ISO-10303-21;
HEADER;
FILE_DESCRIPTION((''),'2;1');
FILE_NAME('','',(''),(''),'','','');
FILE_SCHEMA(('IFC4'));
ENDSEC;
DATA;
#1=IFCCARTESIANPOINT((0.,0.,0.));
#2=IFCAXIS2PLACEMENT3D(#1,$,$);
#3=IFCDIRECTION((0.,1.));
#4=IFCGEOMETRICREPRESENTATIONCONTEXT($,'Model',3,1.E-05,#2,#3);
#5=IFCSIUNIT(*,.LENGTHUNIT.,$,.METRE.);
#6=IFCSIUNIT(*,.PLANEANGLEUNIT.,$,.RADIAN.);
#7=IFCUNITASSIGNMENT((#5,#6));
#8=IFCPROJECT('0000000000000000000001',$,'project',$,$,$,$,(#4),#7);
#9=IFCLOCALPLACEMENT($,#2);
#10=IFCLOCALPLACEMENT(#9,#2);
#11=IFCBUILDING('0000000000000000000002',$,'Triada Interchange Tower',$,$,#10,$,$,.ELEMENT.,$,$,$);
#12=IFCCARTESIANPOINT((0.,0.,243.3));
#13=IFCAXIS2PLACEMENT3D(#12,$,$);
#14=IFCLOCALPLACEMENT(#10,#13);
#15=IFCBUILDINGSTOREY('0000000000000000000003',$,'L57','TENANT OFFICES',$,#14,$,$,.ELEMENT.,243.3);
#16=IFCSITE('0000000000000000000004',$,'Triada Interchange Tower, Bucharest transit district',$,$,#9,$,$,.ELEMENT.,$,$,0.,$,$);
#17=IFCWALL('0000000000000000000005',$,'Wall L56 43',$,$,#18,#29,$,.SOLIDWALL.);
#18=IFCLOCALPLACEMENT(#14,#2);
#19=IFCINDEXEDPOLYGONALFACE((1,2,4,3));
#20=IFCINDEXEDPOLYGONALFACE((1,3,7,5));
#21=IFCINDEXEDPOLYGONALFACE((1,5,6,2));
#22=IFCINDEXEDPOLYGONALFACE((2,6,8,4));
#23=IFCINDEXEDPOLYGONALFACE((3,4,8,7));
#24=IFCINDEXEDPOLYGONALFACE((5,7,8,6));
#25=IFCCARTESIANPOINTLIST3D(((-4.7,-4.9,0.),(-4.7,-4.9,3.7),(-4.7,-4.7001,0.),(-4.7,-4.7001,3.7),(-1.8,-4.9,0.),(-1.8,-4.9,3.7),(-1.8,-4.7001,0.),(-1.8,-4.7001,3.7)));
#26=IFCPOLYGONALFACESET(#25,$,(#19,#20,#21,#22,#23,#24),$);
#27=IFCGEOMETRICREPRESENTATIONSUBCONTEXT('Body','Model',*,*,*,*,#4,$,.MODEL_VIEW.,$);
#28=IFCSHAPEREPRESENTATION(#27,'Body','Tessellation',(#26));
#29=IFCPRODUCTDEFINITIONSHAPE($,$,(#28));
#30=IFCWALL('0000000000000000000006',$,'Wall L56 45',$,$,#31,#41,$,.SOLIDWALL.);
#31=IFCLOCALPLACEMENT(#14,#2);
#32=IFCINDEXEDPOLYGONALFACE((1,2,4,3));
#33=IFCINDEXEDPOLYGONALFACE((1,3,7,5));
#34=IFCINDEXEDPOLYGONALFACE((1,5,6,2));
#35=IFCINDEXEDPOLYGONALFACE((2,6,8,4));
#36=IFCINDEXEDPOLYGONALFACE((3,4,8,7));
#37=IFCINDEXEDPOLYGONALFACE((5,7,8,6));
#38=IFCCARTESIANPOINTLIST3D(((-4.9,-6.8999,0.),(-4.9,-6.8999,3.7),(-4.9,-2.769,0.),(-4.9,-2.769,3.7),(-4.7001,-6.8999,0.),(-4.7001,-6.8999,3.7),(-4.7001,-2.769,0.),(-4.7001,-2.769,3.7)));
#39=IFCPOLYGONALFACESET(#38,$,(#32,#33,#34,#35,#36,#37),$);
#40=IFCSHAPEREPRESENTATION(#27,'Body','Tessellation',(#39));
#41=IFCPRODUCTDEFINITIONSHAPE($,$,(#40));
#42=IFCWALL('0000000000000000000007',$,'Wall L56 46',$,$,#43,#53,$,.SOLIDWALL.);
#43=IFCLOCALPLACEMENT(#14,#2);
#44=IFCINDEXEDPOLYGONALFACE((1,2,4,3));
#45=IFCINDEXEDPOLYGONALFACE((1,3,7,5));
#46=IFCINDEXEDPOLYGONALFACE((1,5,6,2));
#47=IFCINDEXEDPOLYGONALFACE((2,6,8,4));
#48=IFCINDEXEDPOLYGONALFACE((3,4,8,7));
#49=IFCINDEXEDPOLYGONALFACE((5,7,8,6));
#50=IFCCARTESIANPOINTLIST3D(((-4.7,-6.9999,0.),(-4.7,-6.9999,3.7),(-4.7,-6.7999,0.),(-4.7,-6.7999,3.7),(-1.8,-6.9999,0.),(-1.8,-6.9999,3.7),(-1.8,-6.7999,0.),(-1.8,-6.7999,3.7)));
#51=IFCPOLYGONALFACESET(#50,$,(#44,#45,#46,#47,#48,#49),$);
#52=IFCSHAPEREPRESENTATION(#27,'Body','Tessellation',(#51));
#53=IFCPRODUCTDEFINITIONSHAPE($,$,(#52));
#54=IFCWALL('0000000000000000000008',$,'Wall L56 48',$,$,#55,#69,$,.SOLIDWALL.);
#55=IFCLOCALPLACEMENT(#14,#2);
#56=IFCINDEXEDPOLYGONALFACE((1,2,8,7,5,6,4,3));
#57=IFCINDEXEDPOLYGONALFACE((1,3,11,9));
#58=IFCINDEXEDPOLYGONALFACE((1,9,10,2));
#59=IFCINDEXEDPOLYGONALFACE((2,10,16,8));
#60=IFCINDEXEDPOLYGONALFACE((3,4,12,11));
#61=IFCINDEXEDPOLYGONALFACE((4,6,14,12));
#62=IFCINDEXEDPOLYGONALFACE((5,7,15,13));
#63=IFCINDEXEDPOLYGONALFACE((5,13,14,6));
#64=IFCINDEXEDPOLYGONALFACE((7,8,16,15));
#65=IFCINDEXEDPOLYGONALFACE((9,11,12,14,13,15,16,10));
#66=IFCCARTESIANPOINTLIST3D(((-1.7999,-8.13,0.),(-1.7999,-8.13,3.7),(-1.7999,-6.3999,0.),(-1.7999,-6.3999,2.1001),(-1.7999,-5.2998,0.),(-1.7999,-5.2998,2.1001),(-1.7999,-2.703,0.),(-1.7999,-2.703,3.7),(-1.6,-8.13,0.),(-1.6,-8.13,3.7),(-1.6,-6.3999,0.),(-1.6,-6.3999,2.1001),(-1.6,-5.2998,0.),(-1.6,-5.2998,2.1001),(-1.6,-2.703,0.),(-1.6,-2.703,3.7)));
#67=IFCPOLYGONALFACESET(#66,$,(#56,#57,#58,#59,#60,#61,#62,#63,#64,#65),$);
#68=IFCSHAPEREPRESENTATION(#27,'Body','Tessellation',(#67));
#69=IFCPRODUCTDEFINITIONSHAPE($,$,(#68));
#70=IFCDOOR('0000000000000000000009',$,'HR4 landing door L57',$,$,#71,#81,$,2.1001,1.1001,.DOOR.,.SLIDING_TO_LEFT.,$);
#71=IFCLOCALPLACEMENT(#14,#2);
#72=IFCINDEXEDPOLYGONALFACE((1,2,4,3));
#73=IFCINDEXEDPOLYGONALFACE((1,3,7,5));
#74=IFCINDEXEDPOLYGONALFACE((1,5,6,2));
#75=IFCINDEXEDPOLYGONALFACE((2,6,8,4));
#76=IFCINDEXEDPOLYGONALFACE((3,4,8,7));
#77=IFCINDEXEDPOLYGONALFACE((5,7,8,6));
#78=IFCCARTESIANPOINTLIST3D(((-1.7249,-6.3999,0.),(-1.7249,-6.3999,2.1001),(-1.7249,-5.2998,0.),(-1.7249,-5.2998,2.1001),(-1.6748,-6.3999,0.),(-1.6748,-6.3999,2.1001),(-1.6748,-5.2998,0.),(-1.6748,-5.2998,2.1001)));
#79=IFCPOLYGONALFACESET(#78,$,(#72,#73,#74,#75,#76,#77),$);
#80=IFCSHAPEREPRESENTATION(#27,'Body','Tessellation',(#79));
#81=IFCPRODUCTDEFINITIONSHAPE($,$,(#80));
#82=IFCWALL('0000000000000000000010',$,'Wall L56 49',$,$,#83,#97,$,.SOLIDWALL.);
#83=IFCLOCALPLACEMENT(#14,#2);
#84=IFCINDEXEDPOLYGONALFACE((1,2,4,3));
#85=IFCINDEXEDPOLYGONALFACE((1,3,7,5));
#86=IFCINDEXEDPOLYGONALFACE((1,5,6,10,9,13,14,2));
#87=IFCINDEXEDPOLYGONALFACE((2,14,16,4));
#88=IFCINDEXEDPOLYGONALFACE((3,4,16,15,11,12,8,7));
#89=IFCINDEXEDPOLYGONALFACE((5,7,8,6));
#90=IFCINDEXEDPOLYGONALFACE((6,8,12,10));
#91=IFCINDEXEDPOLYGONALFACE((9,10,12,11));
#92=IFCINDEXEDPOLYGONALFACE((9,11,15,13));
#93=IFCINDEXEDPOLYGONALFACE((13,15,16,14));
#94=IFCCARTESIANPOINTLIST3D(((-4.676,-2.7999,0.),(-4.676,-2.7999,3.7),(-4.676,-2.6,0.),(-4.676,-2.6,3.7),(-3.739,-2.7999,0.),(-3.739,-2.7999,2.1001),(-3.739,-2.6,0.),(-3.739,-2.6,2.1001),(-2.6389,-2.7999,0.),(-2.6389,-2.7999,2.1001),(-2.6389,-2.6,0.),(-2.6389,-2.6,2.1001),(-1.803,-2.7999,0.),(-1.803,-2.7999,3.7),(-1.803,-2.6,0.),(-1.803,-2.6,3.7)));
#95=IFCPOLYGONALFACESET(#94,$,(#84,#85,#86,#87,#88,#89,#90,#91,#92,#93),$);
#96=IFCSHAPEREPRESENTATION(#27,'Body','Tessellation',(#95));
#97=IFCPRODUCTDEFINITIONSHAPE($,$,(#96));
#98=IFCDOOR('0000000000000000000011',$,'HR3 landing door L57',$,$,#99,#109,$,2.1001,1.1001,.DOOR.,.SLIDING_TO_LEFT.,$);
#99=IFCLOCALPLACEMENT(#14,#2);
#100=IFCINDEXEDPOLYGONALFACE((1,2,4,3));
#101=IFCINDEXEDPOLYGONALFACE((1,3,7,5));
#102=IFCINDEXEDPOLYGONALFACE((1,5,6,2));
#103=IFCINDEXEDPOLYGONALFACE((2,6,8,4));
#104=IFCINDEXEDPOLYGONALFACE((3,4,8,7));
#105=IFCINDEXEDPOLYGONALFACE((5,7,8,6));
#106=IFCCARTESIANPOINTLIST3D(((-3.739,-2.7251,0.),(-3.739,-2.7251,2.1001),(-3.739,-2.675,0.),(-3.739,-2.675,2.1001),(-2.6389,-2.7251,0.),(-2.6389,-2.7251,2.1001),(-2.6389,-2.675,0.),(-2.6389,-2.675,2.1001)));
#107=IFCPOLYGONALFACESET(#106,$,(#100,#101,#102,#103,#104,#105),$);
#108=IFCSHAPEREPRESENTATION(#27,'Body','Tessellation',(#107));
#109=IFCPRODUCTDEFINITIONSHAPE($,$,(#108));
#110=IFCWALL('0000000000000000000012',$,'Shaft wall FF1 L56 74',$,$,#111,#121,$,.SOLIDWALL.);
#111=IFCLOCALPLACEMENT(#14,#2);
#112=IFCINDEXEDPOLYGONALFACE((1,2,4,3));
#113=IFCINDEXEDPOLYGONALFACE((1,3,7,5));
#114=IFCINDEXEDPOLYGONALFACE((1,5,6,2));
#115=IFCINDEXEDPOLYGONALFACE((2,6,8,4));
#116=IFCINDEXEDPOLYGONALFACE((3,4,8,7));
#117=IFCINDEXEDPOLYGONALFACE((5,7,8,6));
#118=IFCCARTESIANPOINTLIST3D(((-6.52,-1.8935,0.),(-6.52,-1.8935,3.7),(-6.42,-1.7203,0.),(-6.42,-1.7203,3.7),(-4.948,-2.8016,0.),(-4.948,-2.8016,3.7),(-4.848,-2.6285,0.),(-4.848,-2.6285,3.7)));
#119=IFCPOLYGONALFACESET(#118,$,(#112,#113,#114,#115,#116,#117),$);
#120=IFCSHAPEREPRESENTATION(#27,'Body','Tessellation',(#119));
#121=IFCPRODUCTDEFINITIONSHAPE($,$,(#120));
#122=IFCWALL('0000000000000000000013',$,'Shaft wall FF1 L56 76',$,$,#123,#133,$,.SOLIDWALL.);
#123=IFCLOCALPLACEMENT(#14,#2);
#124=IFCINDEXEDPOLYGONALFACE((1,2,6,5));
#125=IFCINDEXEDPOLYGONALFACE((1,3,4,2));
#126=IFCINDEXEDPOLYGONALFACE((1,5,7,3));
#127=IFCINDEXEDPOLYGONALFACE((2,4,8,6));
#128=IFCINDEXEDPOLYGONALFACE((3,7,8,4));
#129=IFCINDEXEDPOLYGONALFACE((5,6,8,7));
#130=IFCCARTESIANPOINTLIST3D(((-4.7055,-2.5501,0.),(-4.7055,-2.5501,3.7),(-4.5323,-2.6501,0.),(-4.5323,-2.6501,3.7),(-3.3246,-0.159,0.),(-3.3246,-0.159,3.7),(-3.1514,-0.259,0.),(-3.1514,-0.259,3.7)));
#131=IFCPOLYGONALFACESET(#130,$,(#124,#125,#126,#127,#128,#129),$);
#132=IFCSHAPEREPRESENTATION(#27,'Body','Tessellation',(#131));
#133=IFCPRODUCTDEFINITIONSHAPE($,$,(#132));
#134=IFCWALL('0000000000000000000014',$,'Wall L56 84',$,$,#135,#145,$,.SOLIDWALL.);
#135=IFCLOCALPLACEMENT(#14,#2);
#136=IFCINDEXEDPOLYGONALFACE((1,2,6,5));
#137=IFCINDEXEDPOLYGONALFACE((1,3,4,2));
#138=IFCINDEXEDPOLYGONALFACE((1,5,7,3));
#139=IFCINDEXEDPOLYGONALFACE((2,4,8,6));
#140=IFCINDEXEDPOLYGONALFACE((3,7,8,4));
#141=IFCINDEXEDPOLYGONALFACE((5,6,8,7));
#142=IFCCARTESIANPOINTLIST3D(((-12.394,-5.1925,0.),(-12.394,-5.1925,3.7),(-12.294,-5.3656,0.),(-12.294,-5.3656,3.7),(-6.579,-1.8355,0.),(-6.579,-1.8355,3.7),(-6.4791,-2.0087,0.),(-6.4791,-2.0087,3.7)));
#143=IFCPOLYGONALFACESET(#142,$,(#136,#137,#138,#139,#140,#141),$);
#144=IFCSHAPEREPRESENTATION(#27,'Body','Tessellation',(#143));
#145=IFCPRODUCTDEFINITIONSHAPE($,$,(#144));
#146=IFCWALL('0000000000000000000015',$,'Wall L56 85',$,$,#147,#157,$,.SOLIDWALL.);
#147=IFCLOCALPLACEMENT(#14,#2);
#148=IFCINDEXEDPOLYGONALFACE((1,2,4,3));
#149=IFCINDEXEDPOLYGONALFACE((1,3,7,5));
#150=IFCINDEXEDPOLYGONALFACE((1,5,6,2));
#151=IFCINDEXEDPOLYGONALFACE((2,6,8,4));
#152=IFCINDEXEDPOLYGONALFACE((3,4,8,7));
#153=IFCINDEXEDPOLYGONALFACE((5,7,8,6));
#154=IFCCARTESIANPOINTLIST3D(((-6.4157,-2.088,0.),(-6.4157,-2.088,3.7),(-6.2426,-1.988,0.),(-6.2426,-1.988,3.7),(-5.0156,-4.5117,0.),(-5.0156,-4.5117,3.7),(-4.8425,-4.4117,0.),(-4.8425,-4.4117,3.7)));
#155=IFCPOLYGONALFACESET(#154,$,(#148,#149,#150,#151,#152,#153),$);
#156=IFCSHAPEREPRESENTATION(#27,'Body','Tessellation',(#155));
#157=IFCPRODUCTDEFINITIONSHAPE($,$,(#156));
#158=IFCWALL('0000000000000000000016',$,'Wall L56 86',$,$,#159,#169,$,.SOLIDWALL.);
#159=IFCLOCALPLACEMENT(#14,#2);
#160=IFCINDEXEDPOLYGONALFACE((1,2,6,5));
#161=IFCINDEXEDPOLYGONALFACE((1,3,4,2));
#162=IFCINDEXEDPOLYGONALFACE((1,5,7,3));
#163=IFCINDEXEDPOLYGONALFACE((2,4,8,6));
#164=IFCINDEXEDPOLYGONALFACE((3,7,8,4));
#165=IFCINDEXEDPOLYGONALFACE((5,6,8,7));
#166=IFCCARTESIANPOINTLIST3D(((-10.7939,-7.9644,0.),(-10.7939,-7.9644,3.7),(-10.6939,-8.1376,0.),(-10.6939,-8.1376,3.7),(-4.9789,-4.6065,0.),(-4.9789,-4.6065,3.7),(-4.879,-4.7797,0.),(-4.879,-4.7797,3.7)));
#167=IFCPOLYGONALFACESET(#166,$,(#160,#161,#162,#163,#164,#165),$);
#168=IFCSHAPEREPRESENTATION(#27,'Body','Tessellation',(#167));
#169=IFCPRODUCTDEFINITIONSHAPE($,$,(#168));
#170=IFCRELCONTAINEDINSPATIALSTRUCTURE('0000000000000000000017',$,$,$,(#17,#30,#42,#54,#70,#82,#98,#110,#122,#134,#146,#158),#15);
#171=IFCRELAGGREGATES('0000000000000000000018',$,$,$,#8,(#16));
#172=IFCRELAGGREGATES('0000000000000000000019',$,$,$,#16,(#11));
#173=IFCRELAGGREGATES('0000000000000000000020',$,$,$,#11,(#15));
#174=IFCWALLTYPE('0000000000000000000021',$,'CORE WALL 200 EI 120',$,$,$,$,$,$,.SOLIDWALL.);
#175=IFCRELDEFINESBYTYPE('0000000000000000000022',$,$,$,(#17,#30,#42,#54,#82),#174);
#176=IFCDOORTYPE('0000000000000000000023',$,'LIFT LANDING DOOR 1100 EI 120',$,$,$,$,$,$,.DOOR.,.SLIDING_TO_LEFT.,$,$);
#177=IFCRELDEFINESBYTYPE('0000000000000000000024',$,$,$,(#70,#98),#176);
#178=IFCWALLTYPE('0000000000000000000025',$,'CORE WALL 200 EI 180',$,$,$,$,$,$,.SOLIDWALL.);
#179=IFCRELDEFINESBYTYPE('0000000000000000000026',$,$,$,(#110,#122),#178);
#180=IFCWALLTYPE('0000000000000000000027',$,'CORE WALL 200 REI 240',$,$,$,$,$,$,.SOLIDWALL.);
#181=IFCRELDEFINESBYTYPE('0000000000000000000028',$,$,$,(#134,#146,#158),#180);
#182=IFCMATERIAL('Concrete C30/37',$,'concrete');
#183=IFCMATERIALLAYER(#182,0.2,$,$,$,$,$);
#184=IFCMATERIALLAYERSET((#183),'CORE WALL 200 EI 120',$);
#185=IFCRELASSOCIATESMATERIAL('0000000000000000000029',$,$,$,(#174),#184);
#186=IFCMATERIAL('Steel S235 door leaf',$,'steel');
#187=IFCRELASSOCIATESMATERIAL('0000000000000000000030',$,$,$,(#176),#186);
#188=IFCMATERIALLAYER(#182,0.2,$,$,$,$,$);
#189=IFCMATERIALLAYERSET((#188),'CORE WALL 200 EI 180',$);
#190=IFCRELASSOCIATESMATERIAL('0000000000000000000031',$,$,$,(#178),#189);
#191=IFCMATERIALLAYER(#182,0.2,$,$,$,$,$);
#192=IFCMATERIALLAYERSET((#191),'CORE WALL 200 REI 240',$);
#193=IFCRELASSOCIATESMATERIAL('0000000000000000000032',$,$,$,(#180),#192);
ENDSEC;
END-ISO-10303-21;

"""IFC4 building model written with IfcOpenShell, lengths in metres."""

from ifc_helpers import new_model, si_unit, direction, frame, frame_2d, origin, place, context, subcontext, project, spatial, rectangle, extrude, material, layer, layer_set, type_object, element, fill, save


model = new_model("IFC4")

# Units and contexts
model_context = context("Model", 3, precision=1e-05, world=origin(), true_north=direction((0.0, 1.0)))
body_context = subcontext(model_context, "Body", "Model", "MODEL_VIEW")
ifc_project = project(units=[si_unit("LENGTHUNIT", "METRE"), si_unit("PLANEANGLEUNIT", "RADIAN")], contexts=[model_context])

# Site, building, storey
site_placement = place(None, origin())
site = spatial("IfcSite", under=ifc_project, at=site_placement, Name="Triada Interchange Tower, Bucharest transit district", CompositionType="ELEMENT", RefElevation=0.0)
building_placement = place(site_placement, origin())
building = spatial("IfcBuilding", under=site, at=building_placement, Name="Triada Interchange Tower", CompositionType="ELEMENT")
storey_placement = place(building_placement, frame((0.0, 0.0, 243.3)))
storey = spatial("IfcBuildingStorey", under=building, at=storey_placement, Name="L57", Description="TENANT OFFICES", CompositionType="ELEMENT", Elevation=243.3)

# Walls
ifc_material_1 = material(Name="Concrete C30/37", Category="concrete")
ifc_layer_1 = layer(ifc_material_1, 0.2)
ifc_layer_set_1 = layer_set([ifc_layer_1], Name="CORE WALL 200 EI 120")
wall_type_1 = type_object("IfcWallType", Name="CORE WALL 200 EI 120", PredefinedType="SOLIDWALL", material=ifc_layer_set_1)
wall_1_placement = place(storey_placement, frame((-4.7, -4.8, 0.0), z_axis=(0.0, 0.0, 1.0), x_axis=(1.0, 0.0, 0.0)))
element("IfcWall", 1, at=wall_1_placement, inside=storey, type_object=wall_type_1, Name="Wall L56 43", PredefinedType="SOLIDWALL", context=body_context, shape_type="SweptSolid", body=[
    extrude(rectangle(XDim=2.8999, YDim=0.2, at=frame_2d((1.45, 0.0))), origin(), (0.0, 0.0, 1.0), 3.7),
])
wall_2_placement = place(storey_placement, frame((-4.8, -6.8999, 0.0), z_axis=(0.0, 0.0, 1.0), x_axis=(0.0, 1.0, 0.0)))
element("IfcWall", 2, at=wall_2_placement, inside=storey, type_object=wall_type_1, Name="Wall L56 45", PredefinedType="SOLIDWALL", context=body_context, shape_type="SweptSolid", body=[
    extrude(rectangle(XDim=4.1309, YDim=0.2, at=frame_2d((2.0654, 0.0))), origin(), (0.0, 0.0, 1.0), 3.7),
])
wall_3_placement = place(storey_placement, frame((-4.7, -6.8999, 0.0), z_axis=(0.0, 0.0, 1.0), x_axis=(1.0, 0.0, 0.0)))
element("IfcWall", 3, at=wall_3_placement, inside=storey, type_object=wall_type_1, Name="Wall L56 46", PredefinedType="SOLIDWALL", context=body_context, shape_type="SweptSolid", body=[
    extrude(rectangle(XDim=2.8999, YDim=0.2, at=frame_2d((1.45, 0.0))), origin(), (0.0, 0.0, 1.0), 3.7),
])

# Walls, openings, doors
wall_4_placement = place(storey_placement, frame((-1.7, -8.1299, 0.0), z_axis=(0.0, 0.0, 1.0), x_axis=(0.0, 1.0, 0.0)))
wall_4 = element("IfcWall", 4, at=wall_4_placement, inside=storey, type_object=wall_type_1, Name="Wall L56 48", PredefinedType="SOLIDWALL", context=body_context, shape_type="SweptSolid", body=[
    extrude(rectangle(XDim=5.427, YDim=0.2, at=frame_2d((2.7134, 0.0))), origin(), (0.0, 0.0, 1.0), 3.7),
])
opening_1_placement = place(wall_4_placement, frame((1.73, 0.0, 0.0)))
opening_1 = element("IfcOpeningElement", 5, at=opening_1_placement, cuts=wall_4, PredefinedType="OPENING", context=body_context, shape_type="SweptSolid", body=[
    extrude(rectangle(XDim=1.1001, YDim=2.1001, at=frame_2d((0.55, 1.05))), frame((0.0, 0.1099, 0.0), z_axis=(0.0, -1.0, 0.0), x_axis=(1.0, 0.0, 0.0)), (0.0, 0.0, 1.0), 0.22),
])
ifc_material_2 = material(Name="Steel S235 door leaf", Category="steel")
door_type_1 = type_object("IfcDoorType", Name="LIFT LANDING DOOR 1100 EI 120", OperationType="SLIDING_TO_LEFT", PredefinedType="DOOR", material=ifc_material_2)
door_1_placement = place(opening_1_placement, origin())
door_1 = element("IfcDoor", 6, at=door_1_placement, inside=storey, type_object=door_type_1, Name="HR4 landing door L57", OperationType="SLIDING_TO_LEFT", OverallHeight=2.1001, OverallWidth=1.1001, PredefinedType="DOOR", context=body_context, shape_type="SweptSolid", body=[
    extrude(rectangle(XDim=1.1001, YDim=2.1001, at=frame_2d((0.55, 1.05))), frame((0.0, 0.0249, 0.0), z_axis=(0.0, -1.0, 0.0), x_axis=(1.0, 0.0, 0.0)), (0.0, 0.0, 1.0), 0.05),
])
fill(opening_1, door_1)
wall_5_placement = place(storey_placement, frame((-4.676, -2.7, 0.0), z_axis=(0.0, 0.0, 1.0), x_axis=(1.0, 0.0, 0.0)))
wall_5 = element("IfcWall", 7, at=wall_5_placement, inside=storey, type_object=wall_type_1, Name="Wall L56 49", PredefinedType="SOLIDWALL", context=body_context, shape_type="SweptSolid", body=[
    extrude(rectangle(XDim=2.873, YDim=0.2, at=frame_2d((1.4365, 0.0))), origin(), (0.0, 0.0, 1.0), 3.7),
])
opening_2_placement = place(wall_5_placement, frame((0.937, 0.0, 0.0)))
opening_2 = element("IfcOpeningElement", 8, at=opening_2_placement, cuts=wall_5, PredefinedType="OPENING", context=body_context, shape_type="SweptSolid", body=[
    extrude(rectangle(XDim=1.1001, YDim=2.1001, at=frame_2d((0.55, 1.05))), frame((0.0, 0.1099, 0.0), z_axis=(0.0, -1.0, 0.0), x_axis=(1.0, 0.0, 0.0)), (0.0, 0.0, 1.0), 0.22),
])
door_2_placement = place(opening_2_placement, origin())
door_2 = element("IfcDoor", 9, at=door_2_placement, inside=storey, type_object=door_type_1, Name="HR3 landing door L57", OperationType="SLIDING_TO_LEFT", OverallHeight=2.1001, OverallWidth=1.1001, PredefinedType="DOOR", context=body_context, shape_type="SweptSolid", body=[
    extrude(rectangle(XDim=1.1001, YDim=2.1001, at=frame_2d((0.55, 1.05))), frame((0.0, 0.0249, 0.0), z_axis=(0.0, -1.0, 0.0), x_axis=(1.0, 0.0, 0.0)), (0.0, 0.0, 1.0), 0.05),
])
fill(opening_2, door_2)

# Walls
ifc_layer_2 = layer(ifc_material_1, 0.2)
ifc_layer_set_2 = layer_set([ifc_layer_2], Name="CORE WALL 200 EI 180")
wall_type_2 = type_object("IfcWallType", Name="CORE WALL 200 EI 180", PredefinedType="SOLIDWALL", material=ifc_layer_set_2)
wall_6_placement = place(storey_placement, frame((-6.47, -1.8069, 0.0), z_axis=(0.0, 0.0, 1.0), x_axis=(0.865883, -0.500246, 0.0)))
element("IfcWall", 10, at=wall_6_placement, inside=storey, type_object=wall_type_2, Name="Shaft wall FF1 L56 74", PredefinedType="SOLIDWALL", context=body_context, shape_type="SweptSolid", body=[
    extrude(rectangle(XDim=1.8154, YDim=0.2, at=frame_2d((0.9077, 0.0))), origin(), (0.0, 0.0, 1.0), 3.7),
])
wall_7_placement = place(storey_placement, frame((-4.6189, -2.6001, 0.0), z_axis=(0.0, 0.0, 1.0), x_axis=(0.500095, 0.865971, 0.0)))
element("IfcWall", 11, at=wall_7_placement, inside=storey, type_object=wall_type_2, Name="Shaft wall FF1 L56 76", PredefinedType="SOLIDWALL", context=body_context, shape_type="SweptSolid", body=[
    extrude(rectangle(XDim=2.7612, YDim=0.2, at=frame_2d((1.3806, 0.0))), origin(), (0.0, 0.0, 1.0), 3.7),
])
ifc_layer_3 = layer(ifc_material_1, 0.2)
ifc_layer_set_3 = layer_set([ifc_layer_3], Name="CORE WALL 200 REI 240")
wall_type_3 = type_object("IfcWallType", Name="CORE WALL 200 REI 240", PredefinedType="SOLIDWALL", material=ifc_layer_set_3)
wall_8_placement = place(storey_placement, frame((-12.344, -5.2791, 0.0), z_axis=(0.0, 0.0, 1.0), x_axis=(0.866046, 0.499964, 0.0)))
element("IfcWall", 12, at=wall_8_placement, inside=storey, type_object=wall_type_3, Name="Wall L56 84", PredefinedType="SOLIDWALL", context=body_context, shape_type="SweptSolid", body=[
    extrude(rectangle(XDim=6.7144, YDim=0.2, at=frame_2d((3.3572, 0.0))), origin(), (0.0, 0.0, 1.0), 3.7),
])
wall_9_placement = place(storey_placement, frame((-6.3291, -2.0381, 0.0), z_axis=(0.0, 0.0, 1.0), x_axis=(0.500201, -0.86591, 0.0)))
element("IfcWall", 13, at=wall_9_placement, inside=storey, type_object=wall_type_3, Name="Wall L56 85", PredefinedType="SOLIDWALL", context=body_context, shape_type="SweptSolid", body=[
    extrude(rectangle(XDim=2.7991, YDim=0.2, at=frame_2d((1.3994, 0.0))), origin(), (0.0, 0.0, 1.0), 3.7),
])
wall_10_placement = place(storey_placement, frame((-10.7439, -8.051, 0.0), z_axis=(0.0, 0.0, 1.0), x_axis=(0.865983, 0.500073, 0.0)))
element("IfcWall", 14, at=wall_10_placement, inside=storey, type_object=wall_type_3, Name="Wall L56 86", PredefinedType="SOLIDWALL", context=body_context, shape_type="SweptSolid", body=[
    extrude(rectangle(XDim=6.7148, YDim=0.2, at=frame_2d((3.3574, 0.0))), origin(), (0.0, 0.0, 1.0), 3.7),
])

save(model, "model.ifc")
